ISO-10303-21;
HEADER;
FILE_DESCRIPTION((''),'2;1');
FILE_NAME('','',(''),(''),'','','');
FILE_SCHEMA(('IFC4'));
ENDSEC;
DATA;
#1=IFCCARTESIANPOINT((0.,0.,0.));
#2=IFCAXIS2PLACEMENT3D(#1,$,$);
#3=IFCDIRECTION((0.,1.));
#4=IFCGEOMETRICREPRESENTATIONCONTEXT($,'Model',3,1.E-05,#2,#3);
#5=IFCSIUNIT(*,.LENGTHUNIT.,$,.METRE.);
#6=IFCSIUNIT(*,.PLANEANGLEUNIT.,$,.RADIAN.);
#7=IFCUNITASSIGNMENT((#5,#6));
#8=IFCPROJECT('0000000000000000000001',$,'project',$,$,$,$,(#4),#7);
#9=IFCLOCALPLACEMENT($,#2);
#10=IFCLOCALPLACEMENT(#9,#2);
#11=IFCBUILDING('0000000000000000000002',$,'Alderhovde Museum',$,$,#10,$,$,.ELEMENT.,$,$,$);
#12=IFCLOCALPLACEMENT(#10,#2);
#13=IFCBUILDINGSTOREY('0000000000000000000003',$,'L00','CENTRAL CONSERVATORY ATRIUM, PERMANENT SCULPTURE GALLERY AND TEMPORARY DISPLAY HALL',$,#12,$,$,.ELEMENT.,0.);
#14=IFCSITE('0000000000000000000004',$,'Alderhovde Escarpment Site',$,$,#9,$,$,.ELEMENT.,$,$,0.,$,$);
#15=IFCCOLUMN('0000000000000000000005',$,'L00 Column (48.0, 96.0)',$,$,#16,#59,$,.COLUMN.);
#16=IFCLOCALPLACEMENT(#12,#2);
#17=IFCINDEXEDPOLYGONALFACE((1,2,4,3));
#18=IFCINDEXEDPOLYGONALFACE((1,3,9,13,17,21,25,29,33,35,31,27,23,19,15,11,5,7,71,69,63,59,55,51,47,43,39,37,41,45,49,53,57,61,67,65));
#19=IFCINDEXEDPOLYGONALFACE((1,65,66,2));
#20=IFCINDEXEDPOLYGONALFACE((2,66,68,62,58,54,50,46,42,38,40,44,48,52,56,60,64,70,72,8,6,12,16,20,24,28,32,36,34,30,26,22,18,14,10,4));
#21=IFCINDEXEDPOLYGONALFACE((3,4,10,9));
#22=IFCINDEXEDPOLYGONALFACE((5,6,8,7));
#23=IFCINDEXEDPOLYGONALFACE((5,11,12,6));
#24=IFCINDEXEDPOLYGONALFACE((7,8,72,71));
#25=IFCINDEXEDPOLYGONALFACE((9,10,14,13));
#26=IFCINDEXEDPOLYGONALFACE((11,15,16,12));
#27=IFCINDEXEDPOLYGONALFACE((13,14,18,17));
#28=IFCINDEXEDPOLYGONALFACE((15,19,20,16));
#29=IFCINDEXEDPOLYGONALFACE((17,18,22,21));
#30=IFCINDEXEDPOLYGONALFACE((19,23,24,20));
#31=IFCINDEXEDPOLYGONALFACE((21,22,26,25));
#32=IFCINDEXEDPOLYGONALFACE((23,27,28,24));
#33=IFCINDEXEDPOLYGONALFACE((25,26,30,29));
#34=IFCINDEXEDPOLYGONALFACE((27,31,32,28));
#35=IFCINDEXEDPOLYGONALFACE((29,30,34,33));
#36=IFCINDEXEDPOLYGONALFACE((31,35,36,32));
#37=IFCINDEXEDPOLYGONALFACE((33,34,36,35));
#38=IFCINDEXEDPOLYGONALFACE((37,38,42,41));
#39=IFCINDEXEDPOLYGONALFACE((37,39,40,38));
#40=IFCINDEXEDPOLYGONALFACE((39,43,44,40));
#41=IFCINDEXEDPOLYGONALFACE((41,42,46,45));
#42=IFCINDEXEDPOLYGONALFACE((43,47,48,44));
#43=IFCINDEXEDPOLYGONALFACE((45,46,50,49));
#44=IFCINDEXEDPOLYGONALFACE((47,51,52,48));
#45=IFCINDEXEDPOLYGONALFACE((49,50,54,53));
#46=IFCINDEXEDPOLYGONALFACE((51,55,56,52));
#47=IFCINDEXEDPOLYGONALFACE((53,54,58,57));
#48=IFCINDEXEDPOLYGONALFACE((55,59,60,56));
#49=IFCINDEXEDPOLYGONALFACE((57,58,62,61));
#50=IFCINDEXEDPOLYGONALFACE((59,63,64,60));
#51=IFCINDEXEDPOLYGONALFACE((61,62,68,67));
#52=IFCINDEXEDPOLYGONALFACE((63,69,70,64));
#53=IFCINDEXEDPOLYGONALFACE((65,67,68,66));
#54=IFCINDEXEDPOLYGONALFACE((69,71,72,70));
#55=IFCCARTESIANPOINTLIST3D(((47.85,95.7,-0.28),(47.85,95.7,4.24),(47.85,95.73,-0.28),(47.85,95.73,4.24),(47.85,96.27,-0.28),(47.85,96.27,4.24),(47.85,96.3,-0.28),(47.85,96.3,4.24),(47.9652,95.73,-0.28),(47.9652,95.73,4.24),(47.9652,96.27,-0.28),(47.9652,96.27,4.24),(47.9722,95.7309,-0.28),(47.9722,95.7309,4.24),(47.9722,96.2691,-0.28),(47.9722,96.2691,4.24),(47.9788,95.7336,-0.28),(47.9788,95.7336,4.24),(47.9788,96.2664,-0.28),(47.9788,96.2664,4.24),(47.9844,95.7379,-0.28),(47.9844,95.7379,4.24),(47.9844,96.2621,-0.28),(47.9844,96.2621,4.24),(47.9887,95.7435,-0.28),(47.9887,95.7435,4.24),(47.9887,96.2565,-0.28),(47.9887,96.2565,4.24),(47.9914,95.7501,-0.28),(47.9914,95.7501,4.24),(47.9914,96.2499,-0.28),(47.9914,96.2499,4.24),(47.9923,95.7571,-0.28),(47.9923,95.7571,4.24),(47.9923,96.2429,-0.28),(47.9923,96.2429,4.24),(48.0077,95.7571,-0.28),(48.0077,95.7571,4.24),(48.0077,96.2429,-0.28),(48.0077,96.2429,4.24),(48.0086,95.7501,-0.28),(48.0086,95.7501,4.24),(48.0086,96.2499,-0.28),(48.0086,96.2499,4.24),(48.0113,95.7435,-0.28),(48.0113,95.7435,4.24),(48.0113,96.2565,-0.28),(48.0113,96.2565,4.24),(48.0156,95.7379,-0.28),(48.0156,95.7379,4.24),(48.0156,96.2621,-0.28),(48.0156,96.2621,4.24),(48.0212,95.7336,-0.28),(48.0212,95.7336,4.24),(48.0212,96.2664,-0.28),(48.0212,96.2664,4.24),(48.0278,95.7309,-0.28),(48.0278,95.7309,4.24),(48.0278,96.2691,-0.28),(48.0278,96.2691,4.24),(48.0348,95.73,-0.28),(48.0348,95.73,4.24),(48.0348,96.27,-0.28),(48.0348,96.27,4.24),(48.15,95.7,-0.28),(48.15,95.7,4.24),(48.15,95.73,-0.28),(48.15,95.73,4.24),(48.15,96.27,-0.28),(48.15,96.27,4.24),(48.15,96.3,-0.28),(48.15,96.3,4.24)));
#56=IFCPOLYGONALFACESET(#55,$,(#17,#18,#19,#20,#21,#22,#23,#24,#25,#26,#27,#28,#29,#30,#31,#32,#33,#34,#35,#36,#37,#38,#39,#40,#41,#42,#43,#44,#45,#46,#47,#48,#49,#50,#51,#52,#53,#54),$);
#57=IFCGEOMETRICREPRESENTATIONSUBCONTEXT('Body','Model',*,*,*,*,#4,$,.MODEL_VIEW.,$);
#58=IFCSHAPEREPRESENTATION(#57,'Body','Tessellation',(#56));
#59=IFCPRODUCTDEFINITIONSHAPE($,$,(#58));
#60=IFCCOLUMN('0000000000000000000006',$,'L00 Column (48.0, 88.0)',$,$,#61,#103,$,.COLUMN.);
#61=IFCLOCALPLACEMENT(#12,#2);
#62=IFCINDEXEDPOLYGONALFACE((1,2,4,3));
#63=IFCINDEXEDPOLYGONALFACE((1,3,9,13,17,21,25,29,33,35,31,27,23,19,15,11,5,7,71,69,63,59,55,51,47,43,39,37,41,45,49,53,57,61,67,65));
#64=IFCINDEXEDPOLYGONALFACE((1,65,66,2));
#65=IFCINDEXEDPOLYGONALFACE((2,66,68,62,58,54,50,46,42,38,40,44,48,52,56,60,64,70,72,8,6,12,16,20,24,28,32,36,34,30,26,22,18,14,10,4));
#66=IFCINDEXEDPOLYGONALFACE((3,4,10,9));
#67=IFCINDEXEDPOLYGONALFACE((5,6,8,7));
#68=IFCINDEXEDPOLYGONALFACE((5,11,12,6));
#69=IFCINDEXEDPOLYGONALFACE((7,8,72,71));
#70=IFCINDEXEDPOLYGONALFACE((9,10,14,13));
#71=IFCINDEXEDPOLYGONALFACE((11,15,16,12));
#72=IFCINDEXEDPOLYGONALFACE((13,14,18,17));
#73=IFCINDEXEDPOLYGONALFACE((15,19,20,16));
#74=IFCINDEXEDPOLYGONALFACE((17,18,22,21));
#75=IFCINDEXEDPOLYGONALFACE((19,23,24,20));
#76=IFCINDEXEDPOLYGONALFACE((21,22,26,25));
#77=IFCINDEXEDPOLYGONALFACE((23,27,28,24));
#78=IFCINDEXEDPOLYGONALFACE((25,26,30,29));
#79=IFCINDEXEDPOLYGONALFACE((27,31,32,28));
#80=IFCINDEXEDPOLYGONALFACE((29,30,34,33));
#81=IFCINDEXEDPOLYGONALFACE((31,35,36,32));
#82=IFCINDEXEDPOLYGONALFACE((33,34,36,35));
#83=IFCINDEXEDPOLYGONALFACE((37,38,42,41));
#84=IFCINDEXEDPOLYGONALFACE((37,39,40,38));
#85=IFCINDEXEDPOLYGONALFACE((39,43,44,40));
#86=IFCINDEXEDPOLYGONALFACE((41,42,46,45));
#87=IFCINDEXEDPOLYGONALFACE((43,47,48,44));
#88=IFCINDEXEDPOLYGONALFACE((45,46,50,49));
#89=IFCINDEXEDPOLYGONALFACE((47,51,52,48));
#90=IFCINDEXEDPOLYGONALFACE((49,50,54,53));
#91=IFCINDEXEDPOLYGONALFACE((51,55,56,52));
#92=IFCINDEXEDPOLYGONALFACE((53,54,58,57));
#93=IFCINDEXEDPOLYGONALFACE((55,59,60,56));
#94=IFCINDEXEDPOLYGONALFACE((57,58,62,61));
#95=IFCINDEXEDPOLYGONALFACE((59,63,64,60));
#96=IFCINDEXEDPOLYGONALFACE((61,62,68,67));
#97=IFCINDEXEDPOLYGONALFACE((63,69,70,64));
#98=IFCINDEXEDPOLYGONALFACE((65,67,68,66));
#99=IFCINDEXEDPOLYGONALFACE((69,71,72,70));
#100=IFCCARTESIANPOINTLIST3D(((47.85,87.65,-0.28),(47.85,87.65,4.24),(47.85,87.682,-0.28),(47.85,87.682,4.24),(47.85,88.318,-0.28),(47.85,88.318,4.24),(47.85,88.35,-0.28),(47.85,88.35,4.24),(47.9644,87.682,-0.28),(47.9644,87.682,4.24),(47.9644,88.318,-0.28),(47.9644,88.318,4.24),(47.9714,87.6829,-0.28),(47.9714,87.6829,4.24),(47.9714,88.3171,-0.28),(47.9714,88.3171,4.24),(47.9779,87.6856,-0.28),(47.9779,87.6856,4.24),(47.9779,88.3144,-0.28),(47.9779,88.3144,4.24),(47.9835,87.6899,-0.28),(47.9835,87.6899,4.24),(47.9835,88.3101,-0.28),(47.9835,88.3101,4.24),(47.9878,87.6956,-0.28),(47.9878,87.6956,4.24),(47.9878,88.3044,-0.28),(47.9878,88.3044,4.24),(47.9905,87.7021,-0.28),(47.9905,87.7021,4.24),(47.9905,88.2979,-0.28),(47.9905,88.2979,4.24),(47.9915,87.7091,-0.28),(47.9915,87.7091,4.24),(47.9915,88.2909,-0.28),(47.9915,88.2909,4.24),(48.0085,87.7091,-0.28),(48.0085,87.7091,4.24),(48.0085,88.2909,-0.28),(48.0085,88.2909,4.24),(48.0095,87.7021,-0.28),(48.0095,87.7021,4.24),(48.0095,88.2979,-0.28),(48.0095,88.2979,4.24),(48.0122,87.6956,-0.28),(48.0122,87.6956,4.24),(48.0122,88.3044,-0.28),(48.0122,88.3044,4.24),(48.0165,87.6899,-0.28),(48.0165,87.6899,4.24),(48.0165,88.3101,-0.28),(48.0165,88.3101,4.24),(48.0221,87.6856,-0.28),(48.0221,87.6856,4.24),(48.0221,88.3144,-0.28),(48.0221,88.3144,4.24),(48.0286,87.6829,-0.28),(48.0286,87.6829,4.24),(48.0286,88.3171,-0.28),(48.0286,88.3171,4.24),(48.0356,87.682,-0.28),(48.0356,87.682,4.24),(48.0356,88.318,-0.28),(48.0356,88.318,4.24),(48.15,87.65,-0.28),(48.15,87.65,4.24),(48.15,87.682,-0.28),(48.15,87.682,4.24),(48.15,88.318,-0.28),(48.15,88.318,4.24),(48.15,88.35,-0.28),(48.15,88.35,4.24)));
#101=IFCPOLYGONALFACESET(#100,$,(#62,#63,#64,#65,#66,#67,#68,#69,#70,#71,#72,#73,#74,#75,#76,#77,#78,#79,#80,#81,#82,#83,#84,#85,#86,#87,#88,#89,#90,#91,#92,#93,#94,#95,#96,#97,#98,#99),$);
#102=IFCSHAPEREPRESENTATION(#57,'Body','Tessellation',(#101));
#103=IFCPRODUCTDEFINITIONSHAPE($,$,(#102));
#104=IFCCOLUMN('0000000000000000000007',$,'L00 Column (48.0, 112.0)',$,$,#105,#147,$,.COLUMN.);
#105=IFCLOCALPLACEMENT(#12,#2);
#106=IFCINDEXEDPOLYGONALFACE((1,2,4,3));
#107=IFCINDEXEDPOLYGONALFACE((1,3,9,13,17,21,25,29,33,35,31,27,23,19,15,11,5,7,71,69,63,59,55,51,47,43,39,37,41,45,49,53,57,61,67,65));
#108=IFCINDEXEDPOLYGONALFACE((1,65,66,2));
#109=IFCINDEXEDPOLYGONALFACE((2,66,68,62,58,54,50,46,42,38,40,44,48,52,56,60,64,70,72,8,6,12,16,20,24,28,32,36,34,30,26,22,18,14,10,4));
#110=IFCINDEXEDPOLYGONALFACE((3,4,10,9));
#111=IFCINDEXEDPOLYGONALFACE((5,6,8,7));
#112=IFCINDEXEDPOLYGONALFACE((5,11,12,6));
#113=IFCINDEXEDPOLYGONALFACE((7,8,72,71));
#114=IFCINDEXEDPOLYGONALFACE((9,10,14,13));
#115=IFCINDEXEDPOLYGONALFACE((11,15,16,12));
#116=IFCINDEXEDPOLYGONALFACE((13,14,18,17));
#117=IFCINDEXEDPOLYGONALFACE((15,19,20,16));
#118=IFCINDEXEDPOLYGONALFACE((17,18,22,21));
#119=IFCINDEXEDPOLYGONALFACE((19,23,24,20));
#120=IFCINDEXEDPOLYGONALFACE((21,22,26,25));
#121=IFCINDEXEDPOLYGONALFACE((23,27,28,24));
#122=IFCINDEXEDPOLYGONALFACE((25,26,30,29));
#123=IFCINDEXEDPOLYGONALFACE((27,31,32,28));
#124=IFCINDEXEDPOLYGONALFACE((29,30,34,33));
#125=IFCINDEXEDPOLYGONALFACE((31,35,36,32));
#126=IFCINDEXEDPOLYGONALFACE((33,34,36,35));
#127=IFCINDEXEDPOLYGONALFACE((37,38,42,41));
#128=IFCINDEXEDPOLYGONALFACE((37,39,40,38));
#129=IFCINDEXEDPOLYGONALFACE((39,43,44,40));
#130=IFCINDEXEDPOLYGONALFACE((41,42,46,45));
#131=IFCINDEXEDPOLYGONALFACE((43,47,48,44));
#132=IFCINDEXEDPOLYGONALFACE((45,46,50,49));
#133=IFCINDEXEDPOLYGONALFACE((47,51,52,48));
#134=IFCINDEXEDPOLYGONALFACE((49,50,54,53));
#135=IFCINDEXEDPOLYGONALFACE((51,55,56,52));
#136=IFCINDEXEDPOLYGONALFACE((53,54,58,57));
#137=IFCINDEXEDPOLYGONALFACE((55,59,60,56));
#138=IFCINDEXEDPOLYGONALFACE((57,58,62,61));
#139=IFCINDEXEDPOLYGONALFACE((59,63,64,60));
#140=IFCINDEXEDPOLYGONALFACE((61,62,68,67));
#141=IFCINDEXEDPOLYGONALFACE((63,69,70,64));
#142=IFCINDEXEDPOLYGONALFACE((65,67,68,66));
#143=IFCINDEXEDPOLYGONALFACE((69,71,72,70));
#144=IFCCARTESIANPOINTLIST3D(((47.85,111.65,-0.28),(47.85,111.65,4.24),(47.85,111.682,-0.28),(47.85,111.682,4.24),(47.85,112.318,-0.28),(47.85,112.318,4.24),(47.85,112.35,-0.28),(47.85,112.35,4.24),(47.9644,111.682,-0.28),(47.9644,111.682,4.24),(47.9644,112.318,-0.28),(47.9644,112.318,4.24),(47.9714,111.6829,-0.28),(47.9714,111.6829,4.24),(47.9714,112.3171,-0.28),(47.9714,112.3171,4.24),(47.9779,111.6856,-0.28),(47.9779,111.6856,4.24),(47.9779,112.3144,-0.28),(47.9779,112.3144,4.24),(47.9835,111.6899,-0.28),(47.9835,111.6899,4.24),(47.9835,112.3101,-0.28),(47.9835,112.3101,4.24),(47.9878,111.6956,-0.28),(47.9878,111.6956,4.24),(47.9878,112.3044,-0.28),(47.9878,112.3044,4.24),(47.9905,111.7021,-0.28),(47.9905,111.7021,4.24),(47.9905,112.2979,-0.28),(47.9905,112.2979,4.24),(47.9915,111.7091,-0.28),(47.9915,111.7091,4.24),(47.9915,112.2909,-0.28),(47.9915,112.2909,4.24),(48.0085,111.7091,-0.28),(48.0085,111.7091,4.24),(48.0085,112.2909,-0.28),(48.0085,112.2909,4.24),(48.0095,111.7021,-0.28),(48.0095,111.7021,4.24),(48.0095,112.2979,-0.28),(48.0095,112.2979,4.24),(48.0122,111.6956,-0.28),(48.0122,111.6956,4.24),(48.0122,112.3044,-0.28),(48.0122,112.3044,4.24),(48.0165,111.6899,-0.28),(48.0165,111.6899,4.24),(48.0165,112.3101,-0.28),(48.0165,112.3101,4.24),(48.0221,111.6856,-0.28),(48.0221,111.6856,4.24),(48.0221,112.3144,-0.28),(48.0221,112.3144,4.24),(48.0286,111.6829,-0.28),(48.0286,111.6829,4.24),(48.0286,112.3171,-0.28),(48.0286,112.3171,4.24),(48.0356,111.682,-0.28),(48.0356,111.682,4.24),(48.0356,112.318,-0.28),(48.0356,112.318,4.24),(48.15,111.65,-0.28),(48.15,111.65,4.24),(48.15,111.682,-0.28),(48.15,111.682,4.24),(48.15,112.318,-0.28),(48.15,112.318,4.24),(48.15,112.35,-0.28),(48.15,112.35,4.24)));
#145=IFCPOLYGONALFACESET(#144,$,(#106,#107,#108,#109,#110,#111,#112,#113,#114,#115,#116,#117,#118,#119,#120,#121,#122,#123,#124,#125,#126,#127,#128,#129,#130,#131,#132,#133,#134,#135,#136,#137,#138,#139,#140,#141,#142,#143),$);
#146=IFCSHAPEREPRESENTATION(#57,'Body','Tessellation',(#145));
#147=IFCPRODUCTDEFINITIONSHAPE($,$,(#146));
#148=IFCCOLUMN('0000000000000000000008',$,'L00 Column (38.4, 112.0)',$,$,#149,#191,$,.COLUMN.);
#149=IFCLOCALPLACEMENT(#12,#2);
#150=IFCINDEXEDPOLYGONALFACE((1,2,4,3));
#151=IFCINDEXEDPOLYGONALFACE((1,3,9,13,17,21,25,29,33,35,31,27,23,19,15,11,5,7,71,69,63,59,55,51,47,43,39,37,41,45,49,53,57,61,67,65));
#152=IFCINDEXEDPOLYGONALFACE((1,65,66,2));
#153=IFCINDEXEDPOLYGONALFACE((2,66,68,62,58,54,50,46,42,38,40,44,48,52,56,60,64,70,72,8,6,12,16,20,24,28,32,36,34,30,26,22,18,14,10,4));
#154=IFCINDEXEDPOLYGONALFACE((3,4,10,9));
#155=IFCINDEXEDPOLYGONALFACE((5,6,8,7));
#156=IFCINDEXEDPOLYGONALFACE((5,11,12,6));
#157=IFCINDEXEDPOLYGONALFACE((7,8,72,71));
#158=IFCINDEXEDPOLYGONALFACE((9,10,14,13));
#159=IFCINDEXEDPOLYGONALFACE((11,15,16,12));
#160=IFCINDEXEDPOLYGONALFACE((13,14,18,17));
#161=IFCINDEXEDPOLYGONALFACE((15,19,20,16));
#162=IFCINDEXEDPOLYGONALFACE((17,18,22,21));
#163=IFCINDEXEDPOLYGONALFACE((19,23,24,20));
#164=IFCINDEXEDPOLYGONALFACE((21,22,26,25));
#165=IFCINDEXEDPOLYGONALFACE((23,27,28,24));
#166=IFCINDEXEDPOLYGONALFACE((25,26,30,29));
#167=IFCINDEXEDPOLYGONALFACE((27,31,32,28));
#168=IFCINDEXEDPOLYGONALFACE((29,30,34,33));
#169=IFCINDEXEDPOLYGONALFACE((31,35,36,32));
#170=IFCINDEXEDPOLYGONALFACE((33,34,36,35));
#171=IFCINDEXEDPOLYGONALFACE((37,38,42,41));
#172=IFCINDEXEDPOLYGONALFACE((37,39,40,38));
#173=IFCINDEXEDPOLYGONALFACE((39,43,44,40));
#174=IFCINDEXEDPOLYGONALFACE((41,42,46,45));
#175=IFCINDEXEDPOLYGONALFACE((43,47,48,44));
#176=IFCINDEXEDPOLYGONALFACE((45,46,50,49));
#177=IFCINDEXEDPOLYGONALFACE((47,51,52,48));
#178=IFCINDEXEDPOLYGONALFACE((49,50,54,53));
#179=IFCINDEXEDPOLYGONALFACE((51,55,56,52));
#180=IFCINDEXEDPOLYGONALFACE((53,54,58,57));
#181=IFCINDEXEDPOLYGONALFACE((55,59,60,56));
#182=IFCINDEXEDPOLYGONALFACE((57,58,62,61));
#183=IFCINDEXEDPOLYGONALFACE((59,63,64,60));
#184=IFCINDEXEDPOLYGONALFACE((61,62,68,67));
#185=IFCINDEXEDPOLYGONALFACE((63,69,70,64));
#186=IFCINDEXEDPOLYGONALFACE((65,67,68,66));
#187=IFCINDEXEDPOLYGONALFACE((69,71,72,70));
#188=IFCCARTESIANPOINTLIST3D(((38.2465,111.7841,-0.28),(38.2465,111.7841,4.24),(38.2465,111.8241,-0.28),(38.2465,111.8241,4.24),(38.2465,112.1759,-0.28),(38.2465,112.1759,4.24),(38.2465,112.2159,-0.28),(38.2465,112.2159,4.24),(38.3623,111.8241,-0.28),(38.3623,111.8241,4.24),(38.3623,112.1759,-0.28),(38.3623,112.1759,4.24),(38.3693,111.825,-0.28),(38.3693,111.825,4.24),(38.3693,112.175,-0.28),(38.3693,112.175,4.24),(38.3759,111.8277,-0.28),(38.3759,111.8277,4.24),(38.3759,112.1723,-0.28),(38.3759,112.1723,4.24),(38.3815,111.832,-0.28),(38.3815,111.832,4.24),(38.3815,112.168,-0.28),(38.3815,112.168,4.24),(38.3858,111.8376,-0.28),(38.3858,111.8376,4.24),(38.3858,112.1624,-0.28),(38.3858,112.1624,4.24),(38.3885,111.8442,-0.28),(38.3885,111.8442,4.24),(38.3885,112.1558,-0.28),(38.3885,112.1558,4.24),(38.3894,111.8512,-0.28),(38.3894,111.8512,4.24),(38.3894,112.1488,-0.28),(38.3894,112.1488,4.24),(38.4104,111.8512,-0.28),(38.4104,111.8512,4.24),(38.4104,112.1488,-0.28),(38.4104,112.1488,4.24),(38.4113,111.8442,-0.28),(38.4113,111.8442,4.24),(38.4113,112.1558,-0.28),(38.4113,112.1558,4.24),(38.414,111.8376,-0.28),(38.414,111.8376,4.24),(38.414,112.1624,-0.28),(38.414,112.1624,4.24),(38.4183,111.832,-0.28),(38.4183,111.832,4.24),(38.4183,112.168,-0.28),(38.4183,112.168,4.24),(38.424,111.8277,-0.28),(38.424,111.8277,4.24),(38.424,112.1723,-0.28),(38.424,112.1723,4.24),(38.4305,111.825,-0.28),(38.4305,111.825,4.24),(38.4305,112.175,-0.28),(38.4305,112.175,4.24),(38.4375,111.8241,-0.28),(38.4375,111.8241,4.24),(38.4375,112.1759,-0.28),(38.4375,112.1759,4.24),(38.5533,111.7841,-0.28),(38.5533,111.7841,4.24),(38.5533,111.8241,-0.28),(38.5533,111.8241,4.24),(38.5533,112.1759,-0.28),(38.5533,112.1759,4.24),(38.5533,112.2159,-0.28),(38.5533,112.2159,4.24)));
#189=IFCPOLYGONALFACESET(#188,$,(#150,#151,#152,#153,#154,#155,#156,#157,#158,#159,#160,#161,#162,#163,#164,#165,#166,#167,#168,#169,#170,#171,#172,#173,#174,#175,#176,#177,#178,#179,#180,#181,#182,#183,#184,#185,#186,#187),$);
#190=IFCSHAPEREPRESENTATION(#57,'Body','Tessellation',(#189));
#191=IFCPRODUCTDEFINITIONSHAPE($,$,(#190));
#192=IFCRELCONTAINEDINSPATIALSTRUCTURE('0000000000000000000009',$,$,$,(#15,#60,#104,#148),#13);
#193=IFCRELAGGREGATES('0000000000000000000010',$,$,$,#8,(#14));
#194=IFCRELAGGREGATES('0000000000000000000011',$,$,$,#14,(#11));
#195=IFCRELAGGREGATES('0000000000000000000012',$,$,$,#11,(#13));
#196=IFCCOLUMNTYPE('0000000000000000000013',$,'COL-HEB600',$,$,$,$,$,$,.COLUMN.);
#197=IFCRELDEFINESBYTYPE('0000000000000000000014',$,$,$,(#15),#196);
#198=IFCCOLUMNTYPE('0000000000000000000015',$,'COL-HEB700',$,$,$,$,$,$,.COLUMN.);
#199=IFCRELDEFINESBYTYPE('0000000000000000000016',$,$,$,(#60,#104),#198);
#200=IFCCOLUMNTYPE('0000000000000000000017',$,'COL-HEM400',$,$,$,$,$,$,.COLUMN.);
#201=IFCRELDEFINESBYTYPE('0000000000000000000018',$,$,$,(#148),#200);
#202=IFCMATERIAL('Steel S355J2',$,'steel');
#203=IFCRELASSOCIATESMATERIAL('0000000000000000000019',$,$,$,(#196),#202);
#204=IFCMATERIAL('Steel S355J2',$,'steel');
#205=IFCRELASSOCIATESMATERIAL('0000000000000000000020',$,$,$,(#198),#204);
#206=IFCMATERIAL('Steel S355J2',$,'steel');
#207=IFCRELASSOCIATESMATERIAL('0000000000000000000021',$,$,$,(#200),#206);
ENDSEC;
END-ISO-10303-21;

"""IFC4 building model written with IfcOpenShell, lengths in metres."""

from ifc_helpers import new_model, si_unit, direction, frame, origin, origin_2d, place, context, subcontext, project, spatial, i_section, extrude, material, material_profile, profile_set, type_object, element, save


model = new_model("IFC4")

# Units and contexts
model_context = context("Model", 3, precision=1e-05, world=origin(), true_north=direction((0.0, 1.0)))
body_context = subcontext(model_context, "Body", "Model", "MODEL_VIEW")
ifc_project = project(units=[si_unit("LENGTHUNIT", "METRE"), si_unit("PLANEANGLEUNIT", "RADIAN")], contexts=[model_context])

# Site, building, storey
site_placement = place(None, origin())
site = spatial("IfcSite", under=ifc_project, at=site_placement, Name="Alderhovde Escarpment Site", CompositionType="ELEMENT", RefElevation=0.0)
building_placement = place(site_placement, origin())
building = spatial("IfcBuilding", under=site, at=building_placement, Name="Alderhovde Museum", CompositionType="ELEMENT")
storey_placement = place(building_placement, origin())
storey = spatial("IfcBuildingStorey", under=building, at=storey_placement, Name="L00", Description="CENTRAL CONSERVATORY ATRIUM, PERMANENT SCULPTURE GALLERY AND TEMPORARY DISPLAY HALL", CompositionType="ELEMENT", Elevation=0.0)

# Columns
ifc_material_1 = material(Name="Steel S355J2", Category="steel")
ifc_material_profile_1 = material_profile(ifc_material_1, i_section(OverallWidth=0.3, OverallDepth=0.6001, WebThickness=0.0154, FlangeThickness=0.03, FilletRadius=0.0271, at=origin_2d()), Name="HEB 600")
ifc_profile_set_1 = profile_set([ifc_material_profile_1], Name="Steel S355J2")
column_type_1 = type_object("IfcColumnType", Name="COL-HEB600", PredefinedType="COLUMN", material=ifc_profile_set_1)
column_placement = place(storey_placement, frame((48.0, 96.0, -0.28), z_axis=(0.0, 0.0, 1.0), x_axis=(1.0, 0.0, 0.0)))
element("IfcColumn", 1, at=column_placement, inside=storey, type_object=column_type_1, Name="L00 Column (48.0, 96.0)", PredefinedType="COLUMN", context=body_context, shape_type="SweptSolid", body=[
    extrude(i_section(OverallWidth=0.3, OverallDepth=0.6001, WebThickness=0.0154, FlangeThickness=0.03, FilletRadius=0.0271, at=origin_2d()), origin(), (0.0, 0.0, 1.0), 4.52),
])
ifc_material_2 = material(Name="Steel S355J2", Category="steel")
ifc_material_profile_2 = material_profile(ifc_material_2, i_section(OverallWidth=0.3, OverallDepth=0.7, WebThickness=0.0171, FlangeThickness=0.032, FilletRadius=0.0271, at=origin_2d()), Name="HEB 700")
ifc_profile_set_2 = profile_set([ifc_material_profile_2], Name="Steel S355J2")
column_type_2 = type_object("IfcColumnType", Name="COL-HEB700", PredefinedType="COLUMN", material=ifc_profile_set_2)
for number, where, z_axis, x_axis, name in (
    (2, (48.0, 88.0, -0.28), (0.0, 0.0, 1.0), (1.0, 0.0, 0.0), "L00 Column (48.0, 88.0)"),
    (3, (48.0, 112.0, -0.28), (0.0, 0.0, 1.0), (1.0, 0.0, 0.0), "L00 Column (48.0, 112.0)"),
):
    element("IfcColumn", number, at=place(storey_placement, frame(where, z_axis=z_axis, x_axis=x_axis)), inside=storey, type_object=column_type_2, Name=name, PredefinedType="COLUMN", context=body_context, shape_type="SweptSolid", body=[
        extrude(i_section(OverallWidth=0.3, OverallDepth=0.7, WebThickness=0.0171, FlangeThickness=0.032, FilletRadius=0.0271, at=origin_2d()), origin(), (0.0, 0.0, 1.0), 4.52),
    ])
ifc_material_3 = material(Name="Steel S355J2", Category="steel")
ifc_material_profile_3 = material_profile(ifc_material_3, i_section(OverallWidth=0.3069, OverallDepth=0.4319, WebThickness=0.021, FlangeThickness=0.04, FilletRadius=0.0271, at=origin_2d()), Name="HEM 400")
ifc_profile_set_3 = profile_set([ifc_material_profile_3], Name="Steel S355J2")
column_type_3 = type_object("IfcColumnType", Name="COL-HEM400", PredefinedType="COLUMN", material=ifc_profile_set_3)
for number, where, z_axis, x_axis, name in (
    (4, (38.3999, 112.0, -0.28), (0.0, 0.0, 1.0), (1.0, 0.0, 0.0), "L00 Column (38.4, 112.0)"),
):
    element("IfcColumn", number, at=place(storey_placement, frame(where, z_axis=z_axis, x_axis=x_axis)), inside=storey, type_object=column_type_3, Name=name, PredefinedType="COLUMN", context=body_context, shape_type="SweptSolid", body=[
        extrude(i_section(OverallWidth=0.3069, OverallDepth=0.4319, WebThickness=0.021, FlangeThickness=0.04, FilletRadius=0.0271, at=origin_2d()), origin(), (0.0, 0.0, 1.0), 4.52),
    ])

save(model, "model.ifc")
